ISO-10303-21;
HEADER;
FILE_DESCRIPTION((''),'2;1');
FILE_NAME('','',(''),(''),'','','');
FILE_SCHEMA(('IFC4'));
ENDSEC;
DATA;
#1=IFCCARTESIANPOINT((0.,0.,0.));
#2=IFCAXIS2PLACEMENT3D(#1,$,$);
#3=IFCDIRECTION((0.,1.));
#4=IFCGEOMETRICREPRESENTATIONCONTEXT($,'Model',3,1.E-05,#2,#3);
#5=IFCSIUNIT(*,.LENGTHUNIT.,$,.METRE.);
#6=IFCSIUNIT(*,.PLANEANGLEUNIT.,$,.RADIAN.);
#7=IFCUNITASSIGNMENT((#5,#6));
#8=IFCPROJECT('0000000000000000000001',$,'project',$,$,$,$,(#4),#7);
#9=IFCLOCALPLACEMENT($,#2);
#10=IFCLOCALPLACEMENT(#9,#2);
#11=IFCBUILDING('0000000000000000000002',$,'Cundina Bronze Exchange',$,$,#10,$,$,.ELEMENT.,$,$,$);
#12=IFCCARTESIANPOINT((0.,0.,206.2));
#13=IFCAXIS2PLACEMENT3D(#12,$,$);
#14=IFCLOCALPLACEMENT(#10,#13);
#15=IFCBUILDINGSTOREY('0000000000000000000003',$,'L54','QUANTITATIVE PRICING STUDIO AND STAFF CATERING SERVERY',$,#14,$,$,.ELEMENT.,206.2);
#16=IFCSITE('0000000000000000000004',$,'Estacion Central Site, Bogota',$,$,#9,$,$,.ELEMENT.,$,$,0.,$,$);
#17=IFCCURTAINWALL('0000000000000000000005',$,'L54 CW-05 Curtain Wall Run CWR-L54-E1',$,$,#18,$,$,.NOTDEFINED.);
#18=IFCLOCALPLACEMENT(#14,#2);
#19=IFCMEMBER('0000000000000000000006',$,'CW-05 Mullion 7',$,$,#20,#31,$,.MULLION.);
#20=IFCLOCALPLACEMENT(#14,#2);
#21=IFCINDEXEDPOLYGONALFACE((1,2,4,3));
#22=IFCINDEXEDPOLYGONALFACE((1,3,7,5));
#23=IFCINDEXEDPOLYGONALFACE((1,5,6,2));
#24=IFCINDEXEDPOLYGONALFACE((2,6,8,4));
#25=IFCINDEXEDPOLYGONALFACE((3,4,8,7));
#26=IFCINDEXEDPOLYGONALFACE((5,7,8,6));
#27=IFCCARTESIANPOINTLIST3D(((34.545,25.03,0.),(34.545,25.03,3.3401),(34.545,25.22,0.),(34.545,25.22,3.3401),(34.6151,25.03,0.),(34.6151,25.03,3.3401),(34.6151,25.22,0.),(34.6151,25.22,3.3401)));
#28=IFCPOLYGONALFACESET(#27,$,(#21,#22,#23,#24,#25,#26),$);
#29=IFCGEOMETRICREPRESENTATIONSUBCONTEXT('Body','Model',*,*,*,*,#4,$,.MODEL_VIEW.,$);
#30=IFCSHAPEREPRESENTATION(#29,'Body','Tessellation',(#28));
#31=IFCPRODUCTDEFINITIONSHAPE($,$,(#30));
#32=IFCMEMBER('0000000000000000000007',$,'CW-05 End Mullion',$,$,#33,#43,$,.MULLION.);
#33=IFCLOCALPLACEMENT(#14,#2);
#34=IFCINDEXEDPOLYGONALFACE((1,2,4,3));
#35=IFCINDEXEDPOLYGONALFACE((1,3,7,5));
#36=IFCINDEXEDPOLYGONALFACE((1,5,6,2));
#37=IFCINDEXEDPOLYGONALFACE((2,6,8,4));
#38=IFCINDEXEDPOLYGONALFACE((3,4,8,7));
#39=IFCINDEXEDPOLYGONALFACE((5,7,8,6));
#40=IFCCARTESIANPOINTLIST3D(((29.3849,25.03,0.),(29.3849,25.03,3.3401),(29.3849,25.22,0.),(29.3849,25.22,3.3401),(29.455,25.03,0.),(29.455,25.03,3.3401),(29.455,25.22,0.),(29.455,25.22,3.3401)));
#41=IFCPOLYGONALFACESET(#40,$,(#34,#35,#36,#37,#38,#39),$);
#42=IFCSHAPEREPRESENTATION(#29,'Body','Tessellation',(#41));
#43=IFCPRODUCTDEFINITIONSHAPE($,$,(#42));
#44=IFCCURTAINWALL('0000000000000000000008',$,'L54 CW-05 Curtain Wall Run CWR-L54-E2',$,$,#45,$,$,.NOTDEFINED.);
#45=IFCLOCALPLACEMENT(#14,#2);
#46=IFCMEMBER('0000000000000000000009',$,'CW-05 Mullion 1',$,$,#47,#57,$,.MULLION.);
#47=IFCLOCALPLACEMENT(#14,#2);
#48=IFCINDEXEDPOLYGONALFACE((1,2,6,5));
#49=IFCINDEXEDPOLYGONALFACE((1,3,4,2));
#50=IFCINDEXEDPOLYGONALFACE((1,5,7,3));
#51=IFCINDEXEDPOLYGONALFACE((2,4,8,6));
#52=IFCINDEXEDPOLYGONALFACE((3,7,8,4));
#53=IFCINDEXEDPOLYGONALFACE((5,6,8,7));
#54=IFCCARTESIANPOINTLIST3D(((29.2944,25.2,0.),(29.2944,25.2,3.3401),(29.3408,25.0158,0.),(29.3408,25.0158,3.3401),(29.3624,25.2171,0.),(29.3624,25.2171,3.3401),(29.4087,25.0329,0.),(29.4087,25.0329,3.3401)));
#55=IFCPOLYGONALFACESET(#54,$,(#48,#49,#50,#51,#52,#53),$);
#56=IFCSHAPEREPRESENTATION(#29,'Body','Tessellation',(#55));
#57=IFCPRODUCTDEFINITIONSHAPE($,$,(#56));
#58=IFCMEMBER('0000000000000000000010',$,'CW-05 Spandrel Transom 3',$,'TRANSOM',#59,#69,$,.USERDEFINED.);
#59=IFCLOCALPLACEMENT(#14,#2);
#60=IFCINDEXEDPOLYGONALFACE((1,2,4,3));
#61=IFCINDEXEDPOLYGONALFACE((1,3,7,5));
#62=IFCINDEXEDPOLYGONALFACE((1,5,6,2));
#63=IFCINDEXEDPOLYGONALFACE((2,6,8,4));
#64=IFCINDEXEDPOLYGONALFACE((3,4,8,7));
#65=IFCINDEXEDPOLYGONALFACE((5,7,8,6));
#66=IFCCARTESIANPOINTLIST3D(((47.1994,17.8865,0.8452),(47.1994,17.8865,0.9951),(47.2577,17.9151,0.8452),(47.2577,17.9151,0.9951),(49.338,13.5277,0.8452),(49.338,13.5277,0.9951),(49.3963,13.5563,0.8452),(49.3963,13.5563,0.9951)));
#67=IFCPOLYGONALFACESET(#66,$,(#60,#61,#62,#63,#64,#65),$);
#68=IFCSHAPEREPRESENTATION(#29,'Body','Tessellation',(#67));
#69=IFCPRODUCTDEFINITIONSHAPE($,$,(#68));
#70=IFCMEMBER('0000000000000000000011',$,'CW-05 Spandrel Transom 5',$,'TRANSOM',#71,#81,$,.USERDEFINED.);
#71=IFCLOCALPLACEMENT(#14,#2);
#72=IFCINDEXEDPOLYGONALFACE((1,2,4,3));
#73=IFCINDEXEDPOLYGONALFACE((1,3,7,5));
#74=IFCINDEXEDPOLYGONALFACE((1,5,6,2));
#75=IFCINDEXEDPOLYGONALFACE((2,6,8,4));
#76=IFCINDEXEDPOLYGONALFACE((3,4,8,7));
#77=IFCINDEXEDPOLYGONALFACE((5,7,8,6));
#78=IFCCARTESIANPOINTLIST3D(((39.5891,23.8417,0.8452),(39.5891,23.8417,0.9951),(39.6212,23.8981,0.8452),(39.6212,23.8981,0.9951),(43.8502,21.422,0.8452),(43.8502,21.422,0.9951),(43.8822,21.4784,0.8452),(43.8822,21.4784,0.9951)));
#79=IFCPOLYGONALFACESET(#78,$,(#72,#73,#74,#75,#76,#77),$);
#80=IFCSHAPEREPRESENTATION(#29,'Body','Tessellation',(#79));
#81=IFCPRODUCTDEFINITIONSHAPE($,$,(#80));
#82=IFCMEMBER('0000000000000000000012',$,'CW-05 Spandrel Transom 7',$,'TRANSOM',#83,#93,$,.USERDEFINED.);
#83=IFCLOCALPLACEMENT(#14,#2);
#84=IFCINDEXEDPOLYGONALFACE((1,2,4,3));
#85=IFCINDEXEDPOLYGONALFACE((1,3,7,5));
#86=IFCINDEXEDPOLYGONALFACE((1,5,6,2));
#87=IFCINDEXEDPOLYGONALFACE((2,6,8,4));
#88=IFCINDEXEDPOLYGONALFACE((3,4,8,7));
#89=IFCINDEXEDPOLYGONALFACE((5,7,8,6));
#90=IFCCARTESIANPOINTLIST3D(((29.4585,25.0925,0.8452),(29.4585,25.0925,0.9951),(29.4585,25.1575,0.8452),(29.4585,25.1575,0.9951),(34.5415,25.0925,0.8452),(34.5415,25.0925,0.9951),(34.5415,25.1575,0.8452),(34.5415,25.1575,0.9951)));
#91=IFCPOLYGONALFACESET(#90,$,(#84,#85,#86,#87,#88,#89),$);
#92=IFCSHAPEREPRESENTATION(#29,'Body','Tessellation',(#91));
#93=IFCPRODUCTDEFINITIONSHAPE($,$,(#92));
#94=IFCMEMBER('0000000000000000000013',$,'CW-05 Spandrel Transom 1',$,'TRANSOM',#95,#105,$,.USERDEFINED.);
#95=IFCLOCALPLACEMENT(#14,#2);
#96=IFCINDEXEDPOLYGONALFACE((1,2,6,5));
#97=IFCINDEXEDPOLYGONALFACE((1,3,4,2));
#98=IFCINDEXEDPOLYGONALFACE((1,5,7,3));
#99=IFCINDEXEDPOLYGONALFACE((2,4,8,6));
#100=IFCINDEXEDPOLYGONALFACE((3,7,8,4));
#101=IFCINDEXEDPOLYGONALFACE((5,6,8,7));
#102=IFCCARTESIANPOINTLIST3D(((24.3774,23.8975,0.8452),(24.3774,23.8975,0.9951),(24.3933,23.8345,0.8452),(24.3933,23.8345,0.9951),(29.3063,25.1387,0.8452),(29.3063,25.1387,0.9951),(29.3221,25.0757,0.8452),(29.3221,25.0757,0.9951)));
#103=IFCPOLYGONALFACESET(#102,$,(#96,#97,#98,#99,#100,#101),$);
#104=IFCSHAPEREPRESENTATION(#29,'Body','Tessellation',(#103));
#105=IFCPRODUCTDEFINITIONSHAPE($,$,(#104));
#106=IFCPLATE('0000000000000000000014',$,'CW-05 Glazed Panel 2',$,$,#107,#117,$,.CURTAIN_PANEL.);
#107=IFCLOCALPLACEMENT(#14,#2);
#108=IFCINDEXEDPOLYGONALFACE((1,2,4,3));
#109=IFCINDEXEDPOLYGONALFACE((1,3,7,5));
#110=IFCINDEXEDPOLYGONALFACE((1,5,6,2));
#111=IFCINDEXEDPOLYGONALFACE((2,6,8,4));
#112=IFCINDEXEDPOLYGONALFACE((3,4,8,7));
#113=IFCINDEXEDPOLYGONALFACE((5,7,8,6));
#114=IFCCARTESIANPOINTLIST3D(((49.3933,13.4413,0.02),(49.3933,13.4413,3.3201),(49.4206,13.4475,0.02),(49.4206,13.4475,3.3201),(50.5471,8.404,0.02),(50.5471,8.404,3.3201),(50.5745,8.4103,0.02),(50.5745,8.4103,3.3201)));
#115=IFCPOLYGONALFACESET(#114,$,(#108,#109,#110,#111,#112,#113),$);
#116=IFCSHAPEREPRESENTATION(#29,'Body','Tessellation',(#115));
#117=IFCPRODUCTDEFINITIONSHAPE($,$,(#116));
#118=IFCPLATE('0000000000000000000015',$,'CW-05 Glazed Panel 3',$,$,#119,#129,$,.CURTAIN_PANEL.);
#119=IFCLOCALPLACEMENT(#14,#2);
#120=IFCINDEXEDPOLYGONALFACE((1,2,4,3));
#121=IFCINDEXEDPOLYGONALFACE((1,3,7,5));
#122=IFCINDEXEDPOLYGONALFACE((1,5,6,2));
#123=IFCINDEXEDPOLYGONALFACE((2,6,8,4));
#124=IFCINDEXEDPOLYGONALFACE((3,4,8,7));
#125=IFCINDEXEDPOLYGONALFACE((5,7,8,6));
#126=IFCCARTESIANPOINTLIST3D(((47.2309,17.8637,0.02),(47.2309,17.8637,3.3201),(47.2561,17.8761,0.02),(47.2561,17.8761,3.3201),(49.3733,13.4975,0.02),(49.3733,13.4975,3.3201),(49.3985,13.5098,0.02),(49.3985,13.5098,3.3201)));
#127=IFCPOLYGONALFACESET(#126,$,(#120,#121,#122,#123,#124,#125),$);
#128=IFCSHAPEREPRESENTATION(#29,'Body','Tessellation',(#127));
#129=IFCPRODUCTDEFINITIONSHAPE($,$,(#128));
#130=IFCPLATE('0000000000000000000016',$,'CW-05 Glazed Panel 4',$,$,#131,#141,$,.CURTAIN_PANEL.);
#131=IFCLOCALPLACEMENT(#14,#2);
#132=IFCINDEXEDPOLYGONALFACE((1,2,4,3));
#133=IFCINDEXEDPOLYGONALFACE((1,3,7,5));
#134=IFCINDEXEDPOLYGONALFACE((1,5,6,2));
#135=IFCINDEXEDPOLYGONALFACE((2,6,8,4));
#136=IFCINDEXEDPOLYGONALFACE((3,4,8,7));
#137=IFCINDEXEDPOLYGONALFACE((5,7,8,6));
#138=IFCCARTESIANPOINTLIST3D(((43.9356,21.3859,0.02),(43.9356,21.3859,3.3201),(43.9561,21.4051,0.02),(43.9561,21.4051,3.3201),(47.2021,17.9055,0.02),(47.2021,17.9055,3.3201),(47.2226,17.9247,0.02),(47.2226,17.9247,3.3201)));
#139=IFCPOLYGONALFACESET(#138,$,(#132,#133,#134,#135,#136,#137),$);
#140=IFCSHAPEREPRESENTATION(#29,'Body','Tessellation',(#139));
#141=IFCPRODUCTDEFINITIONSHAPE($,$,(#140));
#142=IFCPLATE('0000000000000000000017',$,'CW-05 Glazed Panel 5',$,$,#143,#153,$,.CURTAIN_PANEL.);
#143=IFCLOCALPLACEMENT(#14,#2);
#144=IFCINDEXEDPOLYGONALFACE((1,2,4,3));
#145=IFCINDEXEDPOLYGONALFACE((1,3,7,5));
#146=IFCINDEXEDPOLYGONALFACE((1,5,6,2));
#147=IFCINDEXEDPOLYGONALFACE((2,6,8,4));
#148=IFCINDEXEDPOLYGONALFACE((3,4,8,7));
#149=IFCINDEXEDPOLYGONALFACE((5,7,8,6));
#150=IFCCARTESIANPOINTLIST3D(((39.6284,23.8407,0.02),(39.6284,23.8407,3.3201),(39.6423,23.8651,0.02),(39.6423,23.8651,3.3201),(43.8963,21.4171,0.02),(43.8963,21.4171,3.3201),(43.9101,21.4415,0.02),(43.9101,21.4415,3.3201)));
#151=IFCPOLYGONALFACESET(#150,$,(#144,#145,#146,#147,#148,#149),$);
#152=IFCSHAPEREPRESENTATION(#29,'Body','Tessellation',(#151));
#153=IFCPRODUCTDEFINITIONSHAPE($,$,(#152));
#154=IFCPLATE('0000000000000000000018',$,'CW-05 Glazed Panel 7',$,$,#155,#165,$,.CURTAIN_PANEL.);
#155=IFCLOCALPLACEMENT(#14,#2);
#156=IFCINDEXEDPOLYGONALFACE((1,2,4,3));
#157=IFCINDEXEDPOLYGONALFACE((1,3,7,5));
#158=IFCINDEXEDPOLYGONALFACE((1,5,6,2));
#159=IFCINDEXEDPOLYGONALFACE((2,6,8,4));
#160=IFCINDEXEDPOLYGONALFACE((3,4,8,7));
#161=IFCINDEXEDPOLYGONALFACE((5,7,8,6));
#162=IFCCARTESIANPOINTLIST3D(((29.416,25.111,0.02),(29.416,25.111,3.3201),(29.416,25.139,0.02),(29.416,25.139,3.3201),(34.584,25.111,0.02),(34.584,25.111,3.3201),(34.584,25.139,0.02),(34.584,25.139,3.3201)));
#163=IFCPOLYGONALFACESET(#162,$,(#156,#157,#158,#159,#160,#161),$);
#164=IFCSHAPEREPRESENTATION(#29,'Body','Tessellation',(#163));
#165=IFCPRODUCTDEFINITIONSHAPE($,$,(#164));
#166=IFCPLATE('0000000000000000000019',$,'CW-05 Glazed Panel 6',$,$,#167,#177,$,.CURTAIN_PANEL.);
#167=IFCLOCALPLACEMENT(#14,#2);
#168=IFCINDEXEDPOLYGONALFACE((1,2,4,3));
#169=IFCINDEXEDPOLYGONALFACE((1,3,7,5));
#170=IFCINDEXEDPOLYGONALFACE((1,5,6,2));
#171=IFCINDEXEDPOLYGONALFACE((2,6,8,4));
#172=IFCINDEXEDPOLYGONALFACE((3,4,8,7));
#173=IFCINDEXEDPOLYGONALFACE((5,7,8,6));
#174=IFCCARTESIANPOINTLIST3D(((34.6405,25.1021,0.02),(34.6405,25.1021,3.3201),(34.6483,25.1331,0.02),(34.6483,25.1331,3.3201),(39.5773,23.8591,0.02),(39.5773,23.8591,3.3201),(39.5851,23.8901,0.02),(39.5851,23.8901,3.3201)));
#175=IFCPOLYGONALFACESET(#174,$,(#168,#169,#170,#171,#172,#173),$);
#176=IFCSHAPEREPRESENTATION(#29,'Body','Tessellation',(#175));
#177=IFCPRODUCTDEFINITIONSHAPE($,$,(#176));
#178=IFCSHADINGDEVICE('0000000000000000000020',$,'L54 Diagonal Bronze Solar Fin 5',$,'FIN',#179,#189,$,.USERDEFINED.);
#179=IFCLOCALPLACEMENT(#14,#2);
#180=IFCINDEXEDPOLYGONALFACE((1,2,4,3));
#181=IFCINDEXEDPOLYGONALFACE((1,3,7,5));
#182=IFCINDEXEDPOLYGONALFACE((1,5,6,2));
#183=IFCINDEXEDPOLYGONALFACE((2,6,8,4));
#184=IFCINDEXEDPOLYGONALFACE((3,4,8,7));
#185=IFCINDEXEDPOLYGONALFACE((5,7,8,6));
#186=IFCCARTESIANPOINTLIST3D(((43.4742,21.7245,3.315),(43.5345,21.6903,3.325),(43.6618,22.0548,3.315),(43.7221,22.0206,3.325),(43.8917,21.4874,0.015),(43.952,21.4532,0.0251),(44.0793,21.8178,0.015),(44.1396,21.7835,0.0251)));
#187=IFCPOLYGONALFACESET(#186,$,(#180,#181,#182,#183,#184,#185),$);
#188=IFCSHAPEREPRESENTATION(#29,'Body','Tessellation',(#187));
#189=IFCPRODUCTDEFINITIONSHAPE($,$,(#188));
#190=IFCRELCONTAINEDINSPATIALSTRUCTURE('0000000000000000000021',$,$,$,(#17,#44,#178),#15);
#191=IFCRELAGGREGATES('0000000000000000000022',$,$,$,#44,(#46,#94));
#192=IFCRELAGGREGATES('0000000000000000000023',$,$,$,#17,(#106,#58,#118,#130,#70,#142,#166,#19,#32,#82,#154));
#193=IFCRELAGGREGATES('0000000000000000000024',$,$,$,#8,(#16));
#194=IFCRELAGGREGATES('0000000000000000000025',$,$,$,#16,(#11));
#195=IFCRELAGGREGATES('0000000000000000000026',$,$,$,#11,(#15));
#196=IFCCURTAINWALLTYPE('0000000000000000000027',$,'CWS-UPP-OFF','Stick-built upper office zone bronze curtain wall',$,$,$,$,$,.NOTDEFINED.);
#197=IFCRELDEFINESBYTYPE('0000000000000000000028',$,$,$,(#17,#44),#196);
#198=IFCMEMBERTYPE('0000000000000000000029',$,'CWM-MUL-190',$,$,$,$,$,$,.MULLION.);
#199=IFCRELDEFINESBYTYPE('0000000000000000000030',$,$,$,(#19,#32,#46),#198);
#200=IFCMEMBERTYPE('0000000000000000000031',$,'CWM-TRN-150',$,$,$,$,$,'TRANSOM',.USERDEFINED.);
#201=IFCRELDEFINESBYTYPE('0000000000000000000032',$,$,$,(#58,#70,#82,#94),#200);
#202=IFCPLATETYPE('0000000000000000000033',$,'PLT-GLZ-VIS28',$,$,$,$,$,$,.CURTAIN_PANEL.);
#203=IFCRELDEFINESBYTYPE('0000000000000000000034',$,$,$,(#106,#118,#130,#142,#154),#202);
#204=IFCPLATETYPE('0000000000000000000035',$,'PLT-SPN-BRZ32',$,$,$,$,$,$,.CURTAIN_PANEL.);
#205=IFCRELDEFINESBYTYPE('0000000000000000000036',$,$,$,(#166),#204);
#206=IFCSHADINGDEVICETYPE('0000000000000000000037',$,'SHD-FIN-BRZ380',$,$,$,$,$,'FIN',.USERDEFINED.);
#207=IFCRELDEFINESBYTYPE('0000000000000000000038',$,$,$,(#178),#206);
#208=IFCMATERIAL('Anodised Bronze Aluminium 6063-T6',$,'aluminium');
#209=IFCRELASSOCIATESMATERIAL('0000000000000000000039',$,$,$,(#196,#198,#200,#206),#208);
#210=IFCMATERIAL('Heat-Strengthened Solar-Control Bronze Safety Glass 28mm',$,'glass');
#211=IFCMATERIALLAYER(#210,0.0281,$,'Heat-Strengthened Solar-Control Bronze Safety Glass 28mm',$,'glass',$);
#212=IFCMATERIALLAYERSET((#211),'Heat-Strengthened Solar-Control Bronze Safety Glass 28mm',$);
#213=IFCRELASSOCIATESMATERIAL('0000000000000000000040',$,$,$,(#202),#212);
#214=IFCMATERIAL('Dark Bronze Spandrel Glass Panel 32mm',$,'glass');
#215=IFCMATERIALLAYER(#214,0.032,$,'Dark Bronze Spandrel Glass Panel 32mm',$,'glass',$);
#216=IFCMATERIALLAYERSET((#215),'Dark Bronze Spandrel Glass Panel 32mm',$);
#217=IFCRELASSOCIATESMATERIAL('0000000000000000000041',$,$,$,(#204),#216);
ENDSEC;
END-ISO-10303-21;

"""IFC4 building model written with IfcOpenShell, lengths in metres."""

from ifc_helpers import new_model, si_unit, direction, frame, origin, origin_2d, place, context, subcontext, project, spatial, rectangle, extrude, material, layer, layer_set, material_profile, profile_set, type_object, element, aggregate, save


model = new_model("IFC4")

# Units and contexts
model_context = context("Model", 3, precision=1e-05, world=origin(), true_north=direction((0.0, 1.0)))
body_context = subcontext(model_context, "Body", "Model", "MODEL_VIEW")
ifc_project = project(units=[si_unit("LENGTHUNIT", "METRE"), si_unit("PLANEANGLEUNIT", "RADIAN")], contexts=[model_context])

# Site, building, storey
site_placement = place(None, origin())
site = spatial("IfcSite", under=ifc_project, at=site_placement, Name="Estacion Central Site, Bogota", CompositionType="ELEMENT", RefElevation=0.0)
building_placement = place(site_placement, origin())
building = spatial("IfcBuilding", under=site, at=building_placement, Name="Cundina Bronze Exchange", CompositionType="ELEMENT")
storey_placement = place(building_placement, frame((0.0, 0.0, 206.2)))
storey = spatial("IfcBuildingStorey", under=building, at=storey_placement, Name="L54", Description="QUANTITATIVE PRICING STUDIO AND STAFF CATERING SERVERY", CompositionType="ELEMENT", Elevation=206.2)

# Curtain wall, members
ifc_material_1 = material(Name="Anodised Bronze Aluminium 6063-T6", Category="aluminium")
curtain_wall_type = type_object("IfcCurtainWallType", Name="CWS-UPP-OFF", Description="Stick-built upper office zone bronze curtain wall", PredefinedType="NOTDEFINED", material=ifc_material_1)
curtain_wall_1_placement = place(storey_placement, origin())
curtain_wall_1 = element("IfcCurtainWall", 1, at=curtain_wall_1_placement, inside=storey, type_object=curtain_wall_type, Name="L54 CW-05 Curtain Wall Run CWR-L54-E1", PredefinedType="NOTDEFINED")
ifc_material_profile_1 = material_profile(ifc_material_1, rectangle(XDim=0.0701, YDim=0.1899, at=origin_2d()), Name="AL70X190", Category="aluminium")
ifc_profile_set_1 = profile_set([ifc_material_profile_1], Name="Anodised Bronze Aluminium 6063-T6")
member_type_1 = type_object("IfcMemberType", Name="CWM-MUL-190", PredefinedType="MULLION", material=ifc_profile_set_1)
member_1_placement = place(storey_placement, frame((34.5801, 25.125, 0.0), z_axis=(0.0, 0.0, 1.0), x_axis=(-1.0, 0.0, 0.0)))
member_1 = element("IfcMember", 2, at=member_1_placement, type_object=member_type_1, Name="CW-05 Mullion 7", PredefinedType="MULLION", context=body_context, shape_type="SweptSolid", body=[
    extrude(rectangle(XDim=0.0701, YDim=0.1899, at=origin_2d()), origin(), (0.0, 0.0, 1.0), 3.3401),
])
member_2_placement = place(storey_placement, frame((29.4199, 25.125, 0.0), z_axis=(0.0, 0.0, 1.0), x_axis=(-1.0, 0.0, 0.0)))
member_2 = element("IfcMember", 3, at=member_2_placement, type_object=member_type_1, Name="CW-05 End Mullion", PredefinedType="MULLION", context=body_context, shape_type="SweptSolid", body=[
    extrude(rectangle(XDim=0.0701, YDim=0.1899, at=origin_2d()), origin(), (0.0, 0.0, 1.0), 3.3401),
])

# Curtain wall, member
curtain_wall_2_placement = place(storey_placement, origin())
curtain_wall_2 = element("IfcCurtainWall", 4, at=curtain_wall_2_placement, inside=storey, type_object=curtain_wall_type, Name="L54 CW-05 Curtain Wall Run CWR-L54-E2", PredefinedType="NOTDEFINED")
member_3_placement = place(storey_placement, frame((29.3516, 25.1165, 0.0), z_axis=(0.0, 0.0, 1.0), x_axis=(-0.969744, -0.244123, 0.0)))
member_3 = element("IfcMember", 5, at=member_3_placement, type_object=member_type_1, Name="CW-05 Mullion 1", PredefinedType="MULLION", context=body_context, shape_type="SweptSolid", body=[
    extrude(rectangle(XDim=0.0701, YDim=0.1899, at=origin_2d()), origin(), (0.0, 0.0, 1.0), 3.3401),
])

# Members
ifc_material_profile_2 = material_profile(ifc_material_1, rectangle(XDim=0.0649, YDim=0.1499, at=origin_2d()), Name="AL65X150", Category="aluminium")
ifc_profile_set_2 = profile_set([ifc_material_profile_2], Name="Anodised Bronze Aluminium 6063-T6")
member_type_2 = type_object("IfcMemberType", Name="CWM-TRN-150", ElementType="TRANSOM", PredefinedType="USERDEFINED", material=ifc_profile_set_2)
member_4_placement = place(storey_placement, frame((49.3672, 13.542, 0.9202), z_axis=(-0.440483, 0.897761, 0.0), x_axis=(-0.897761, -0.440483, 0.0)))
member_4 = element("IfcMember", 6, at=member_4_placement, type_object=member_type_2, Name="CW-05 Spandrel Transom 3", ObjectType="TRANSOM", PredefinedType="USERDEFINED", context=body_context, shape_type="SweptSolid", body=[
    extrude(rectangle(XDim=0.0649, YDim=0.1499, at=origin_2d()), origin(), (0.0, 0.0, 1.0), 4.8552),
])
member_5_placement = place(storey_placement, frame((43.8662, 21.4502, 0.9202), z_axis=(-0.869574, 0.493803, 0.0), x_axis=(-0.493803, -0.869574, 0.0)))
member_5 = element("IfcMember", 7, at=member_5_placement, type_object=member_type_2, Name="CW-05 Spandrel Transom 5", ObjectType="TRANSOM", PredefinedType="USERDEFINED", context=body_context, shape_type="SweptSolid", body=[
    extrude(rectangle(XDim=0.0649, YDim=0.1499, at=origin_2d()), origin(), (0.0, 0.0, 1.0), 4.9001),
])
member_6_placement = place(storey_placement, frame((34.5415, 25.125, 0.9202), z_axis=(-1.0, 0.0, 0.0), x_axis=(0.0, -1.0, 0.0)))
member_6 = element("IfcMember", 8, at=member_6_placement, type_object=member_type_2, Name="CW-05 Spandrel Transom 7", ObjectType="TRANSOM", PredefinedType="USERDEFINED", context=body_context, shape_type="SweptSolid", body=[
    extrude(rectangle(XDim=0.0649, YDim=0.1499, at=origin_2d()), origin(), (0.0, 0.0, 1.0), 5.083),
])
member_7_placement = place(storey_placement, frame((29.3142, 25.1072, 0.9202), z_axis=(-0.969726, -0.244197, 0.0), x_axis=(0.244197, -0.969726, 0.0)))
member_7 = element("IfcMember", 9, at=member_7_placement, type_object=member_type_2, Name="CW-05 Spandrel Transom 1", ObjectType="TRANSOM", PredefinedType="USERDEFINED", context=body_context, shape_type="SweptSolid", body=[
    extrude(rectangle(XDim=0.0649, YDim=0.1499, at=origin_2d()), origin(), (0.0, 0.0, 1.0), 5.0828),
])
aggregate(curtain_wall_2, [member_3, member_7])

# Plates
ifc_material_2 = material(Name="Heat-Strengthened Solar-Control Bronze Safety Glass 28mm", Category="glass")
ifc_layer_1 = layer(ifc_material_2, 0.0281, Name="Heat-Strengthened Solar-Control Bronze Safety Glass 28mm", Category="glass")
ifc_layer_set_1 = layer_set([ifc_layer_1], Name="Heat-Strengthened Solar-Control Bronze Safety Glass 28mm")
plate_type_1 = type_object("IfcPlateType", Name="PLT-GLZ-VIS28", PredefinedType="CURTAIN_PANEL", material=ifc_layer_set_1)
plate_1_placement = place(storey_placement, frame((49.9839, 10.9258, 0.02), z_axis=(0.0, 0.0, 1.0), x_axis=(-0.223284, 0.974753, 0.0)))
plate_1 = element("IfcPlate", 10, at=plate_1_placement, type_object=plate_type_1, Name="CW-05 Glazed Panel 2", PredefinedType="CURTAIN_PANEL", context=body_context, shape_type="SweptSolid", body=[
    extrude(rectangle(XDim=5.1677, YDim=0.0281, at=origin_2d()), origin(), (0.0, 0.0, 1.0), 3.3),
])
plate_2_placement = place(storey_placement, frame((48.3147, 15.6868, 0.02), z_axis=(0.0, 0.0, 1.0), x_axis=(-0.440503, 0.897751, 0.0)))
plate_2 = element("IfcPlate", 11, at=plate_2_placement, type_object=plate_type_1, Name="CW-05 Glazed Panel 3", PredefinedType="CURTAIN_PANEL", context=body_context, shape_type="SweptSolid", body=[
    extrude(rectangle(XDim=4.8635, YDim=0.0281, at=origin_2d()), origin(), (0.0, 0.0, 1.0), 3.3),
])
plate_3_placement = place(storey_placement, frame((45.5791, 19.6553, 0.02), z_axis=(0.0, 0.0, 1.0), x_axis=(-0.684344, 0.72916, 0.0)))
plate_3 = element("IfcPlate", 12, at=plate_3_placement, type_object=plate_type_1, Name="CW-05 Glazed Panel 4", PredefinedType="CURTAIN_PANEL", context=body_context, shape_type="SweptSolid", body=[
    extrude(rectangle(XDim=4.7732, YDim=0.0281, at=origin_2d()), origin(), (0.0, 0.0, 1.0), 3.3),
])
plate_4_placement = place(storey_placement, frame((41.7693, 22.6411, 0.02), z_axis=(0.0, 0.0, 1.0), x_axis=(-0.869573, 0.493805, 0.0)))
plate_4 = element("IfcPlate", 13, at=plate_4_placement, type_object=plate_type_1, Name="CW-05 Glazed Panel 5", PredefinedType="CURTAIN_PANEL", context=body_context, shape_type="SweptSolid", body=[
    extrude(rectangle(XDim=4.908, YDim=0.0281, at=origin_2d()), origin(), (0.0, 0.0, 1.0), 3.3),
])
plate_5_placement = place(storey_placement, frame((32.0, 25.125, 0.02), z_axis=(0.0, 0.0, 1.0), x_axis=(-1.0, 0.0, 0.0)))
plate_5 = element("IfcPlate", 14, at=plate_5_placement, type_object=plate_type_1, Name="CW-05 Glazed Panel 7", PredefinedType="CURTAIN_PANEL", context=body_context, shape_type="SweptSolid", body=[
    extrude(rectangle(XDim=5.168, YDim=0.0281, at=origin_2d()), origin(), (0.0, 0.0, 1.0), 3.3),
])
ifc_material_3 = material(Name="Dark Bronze Spandrel Glass Panel 32mm", Category="glass")
ifc_layer_2 = layer(ifc_material_3, 0.032, Name="Dark Bronze Spandrel Glass Panel 32mm", Category="glass")
ifc_layer_set_2 = layer_set([ifc_layer_2], Name="Dark Bronze Spandrel Glass Panel 32mm")
plate_type_2 = type_object("IfcPlateType", Name="PLT-SPN-BRZ32", PredefinedType="CURTAIN_PANEL", material=ifc_layer_set_2)
plate_6_placement = place(storey_placement, frame((37.1128, 24.4961, 0.02), z_axis=(0.0, 0.0, 1.0), x_axis=(-0.969732, 0.244174, 0.0)))
plate_6 = element("IfcPlate", 15, at=plate_6_placement, type_object=plate_type_2, Name="CW-05 Glazed Panel 6", PredefinedType="CURTAIN_PANEL", context=body_context, shape_type="SweptSolid", body=[
    extrude(rectangle(XDim=5.0908, YDim=0.032, at=origin_2d()), origin(), (0.0, 0.0, 1.0), 3.3),
])
aggregate(curtain_wall_1, [plate_1, member_4, plate_2, plate_3, member_5, plate_4, plate_6, member_1, member_2, member_6, plate_5])

# Shading device
ifc_material_profile_3 = material_profile(ifc_material_1, rectangle(XDim=0.0701, YDim=0.3799, at=origin_2d()), Name="FIN70X380", Category="aluminium")
ifc_profile_set_3 = profile_set([ifc_material_profile_3], Name="Anodised Bronze Aluminium 6063-T6")
shading_device_type = type_object("IfcShadingDeviceType", Name="SHD-FIN-BRZ380", ElementType="FIN", PredefinedType="USERDEFINED", material=ifc_profile_set_3)
for number, where, z_axis, x_axis, name in (
    (16, (44.0156, 21.6355, 0.02), (-0.12519, 0.071087, 0.989583), (0.860527, -0.488638, 0.143965), "L54 Diagonal Bronze Solar Fin 5"),
):
    element("IfcShadingDevice", number, at=place(storey_placement, frame(where, z_axis=z_axis, x_axis=x_axis)), inside=storey, type_object=shading_device_type, Name=name, ObjectType="FIN", PredefinedType="USERDEFINED", context=body_context, shape_type="SweptSolid", body=[
        extrude(rectangle(XDim=0.0701, YDim=0.3799, at=origin_2d()), origin(), (0.0, 0.0, 1.0), 3.3347),
    ])

save(model, "model.ifc")
